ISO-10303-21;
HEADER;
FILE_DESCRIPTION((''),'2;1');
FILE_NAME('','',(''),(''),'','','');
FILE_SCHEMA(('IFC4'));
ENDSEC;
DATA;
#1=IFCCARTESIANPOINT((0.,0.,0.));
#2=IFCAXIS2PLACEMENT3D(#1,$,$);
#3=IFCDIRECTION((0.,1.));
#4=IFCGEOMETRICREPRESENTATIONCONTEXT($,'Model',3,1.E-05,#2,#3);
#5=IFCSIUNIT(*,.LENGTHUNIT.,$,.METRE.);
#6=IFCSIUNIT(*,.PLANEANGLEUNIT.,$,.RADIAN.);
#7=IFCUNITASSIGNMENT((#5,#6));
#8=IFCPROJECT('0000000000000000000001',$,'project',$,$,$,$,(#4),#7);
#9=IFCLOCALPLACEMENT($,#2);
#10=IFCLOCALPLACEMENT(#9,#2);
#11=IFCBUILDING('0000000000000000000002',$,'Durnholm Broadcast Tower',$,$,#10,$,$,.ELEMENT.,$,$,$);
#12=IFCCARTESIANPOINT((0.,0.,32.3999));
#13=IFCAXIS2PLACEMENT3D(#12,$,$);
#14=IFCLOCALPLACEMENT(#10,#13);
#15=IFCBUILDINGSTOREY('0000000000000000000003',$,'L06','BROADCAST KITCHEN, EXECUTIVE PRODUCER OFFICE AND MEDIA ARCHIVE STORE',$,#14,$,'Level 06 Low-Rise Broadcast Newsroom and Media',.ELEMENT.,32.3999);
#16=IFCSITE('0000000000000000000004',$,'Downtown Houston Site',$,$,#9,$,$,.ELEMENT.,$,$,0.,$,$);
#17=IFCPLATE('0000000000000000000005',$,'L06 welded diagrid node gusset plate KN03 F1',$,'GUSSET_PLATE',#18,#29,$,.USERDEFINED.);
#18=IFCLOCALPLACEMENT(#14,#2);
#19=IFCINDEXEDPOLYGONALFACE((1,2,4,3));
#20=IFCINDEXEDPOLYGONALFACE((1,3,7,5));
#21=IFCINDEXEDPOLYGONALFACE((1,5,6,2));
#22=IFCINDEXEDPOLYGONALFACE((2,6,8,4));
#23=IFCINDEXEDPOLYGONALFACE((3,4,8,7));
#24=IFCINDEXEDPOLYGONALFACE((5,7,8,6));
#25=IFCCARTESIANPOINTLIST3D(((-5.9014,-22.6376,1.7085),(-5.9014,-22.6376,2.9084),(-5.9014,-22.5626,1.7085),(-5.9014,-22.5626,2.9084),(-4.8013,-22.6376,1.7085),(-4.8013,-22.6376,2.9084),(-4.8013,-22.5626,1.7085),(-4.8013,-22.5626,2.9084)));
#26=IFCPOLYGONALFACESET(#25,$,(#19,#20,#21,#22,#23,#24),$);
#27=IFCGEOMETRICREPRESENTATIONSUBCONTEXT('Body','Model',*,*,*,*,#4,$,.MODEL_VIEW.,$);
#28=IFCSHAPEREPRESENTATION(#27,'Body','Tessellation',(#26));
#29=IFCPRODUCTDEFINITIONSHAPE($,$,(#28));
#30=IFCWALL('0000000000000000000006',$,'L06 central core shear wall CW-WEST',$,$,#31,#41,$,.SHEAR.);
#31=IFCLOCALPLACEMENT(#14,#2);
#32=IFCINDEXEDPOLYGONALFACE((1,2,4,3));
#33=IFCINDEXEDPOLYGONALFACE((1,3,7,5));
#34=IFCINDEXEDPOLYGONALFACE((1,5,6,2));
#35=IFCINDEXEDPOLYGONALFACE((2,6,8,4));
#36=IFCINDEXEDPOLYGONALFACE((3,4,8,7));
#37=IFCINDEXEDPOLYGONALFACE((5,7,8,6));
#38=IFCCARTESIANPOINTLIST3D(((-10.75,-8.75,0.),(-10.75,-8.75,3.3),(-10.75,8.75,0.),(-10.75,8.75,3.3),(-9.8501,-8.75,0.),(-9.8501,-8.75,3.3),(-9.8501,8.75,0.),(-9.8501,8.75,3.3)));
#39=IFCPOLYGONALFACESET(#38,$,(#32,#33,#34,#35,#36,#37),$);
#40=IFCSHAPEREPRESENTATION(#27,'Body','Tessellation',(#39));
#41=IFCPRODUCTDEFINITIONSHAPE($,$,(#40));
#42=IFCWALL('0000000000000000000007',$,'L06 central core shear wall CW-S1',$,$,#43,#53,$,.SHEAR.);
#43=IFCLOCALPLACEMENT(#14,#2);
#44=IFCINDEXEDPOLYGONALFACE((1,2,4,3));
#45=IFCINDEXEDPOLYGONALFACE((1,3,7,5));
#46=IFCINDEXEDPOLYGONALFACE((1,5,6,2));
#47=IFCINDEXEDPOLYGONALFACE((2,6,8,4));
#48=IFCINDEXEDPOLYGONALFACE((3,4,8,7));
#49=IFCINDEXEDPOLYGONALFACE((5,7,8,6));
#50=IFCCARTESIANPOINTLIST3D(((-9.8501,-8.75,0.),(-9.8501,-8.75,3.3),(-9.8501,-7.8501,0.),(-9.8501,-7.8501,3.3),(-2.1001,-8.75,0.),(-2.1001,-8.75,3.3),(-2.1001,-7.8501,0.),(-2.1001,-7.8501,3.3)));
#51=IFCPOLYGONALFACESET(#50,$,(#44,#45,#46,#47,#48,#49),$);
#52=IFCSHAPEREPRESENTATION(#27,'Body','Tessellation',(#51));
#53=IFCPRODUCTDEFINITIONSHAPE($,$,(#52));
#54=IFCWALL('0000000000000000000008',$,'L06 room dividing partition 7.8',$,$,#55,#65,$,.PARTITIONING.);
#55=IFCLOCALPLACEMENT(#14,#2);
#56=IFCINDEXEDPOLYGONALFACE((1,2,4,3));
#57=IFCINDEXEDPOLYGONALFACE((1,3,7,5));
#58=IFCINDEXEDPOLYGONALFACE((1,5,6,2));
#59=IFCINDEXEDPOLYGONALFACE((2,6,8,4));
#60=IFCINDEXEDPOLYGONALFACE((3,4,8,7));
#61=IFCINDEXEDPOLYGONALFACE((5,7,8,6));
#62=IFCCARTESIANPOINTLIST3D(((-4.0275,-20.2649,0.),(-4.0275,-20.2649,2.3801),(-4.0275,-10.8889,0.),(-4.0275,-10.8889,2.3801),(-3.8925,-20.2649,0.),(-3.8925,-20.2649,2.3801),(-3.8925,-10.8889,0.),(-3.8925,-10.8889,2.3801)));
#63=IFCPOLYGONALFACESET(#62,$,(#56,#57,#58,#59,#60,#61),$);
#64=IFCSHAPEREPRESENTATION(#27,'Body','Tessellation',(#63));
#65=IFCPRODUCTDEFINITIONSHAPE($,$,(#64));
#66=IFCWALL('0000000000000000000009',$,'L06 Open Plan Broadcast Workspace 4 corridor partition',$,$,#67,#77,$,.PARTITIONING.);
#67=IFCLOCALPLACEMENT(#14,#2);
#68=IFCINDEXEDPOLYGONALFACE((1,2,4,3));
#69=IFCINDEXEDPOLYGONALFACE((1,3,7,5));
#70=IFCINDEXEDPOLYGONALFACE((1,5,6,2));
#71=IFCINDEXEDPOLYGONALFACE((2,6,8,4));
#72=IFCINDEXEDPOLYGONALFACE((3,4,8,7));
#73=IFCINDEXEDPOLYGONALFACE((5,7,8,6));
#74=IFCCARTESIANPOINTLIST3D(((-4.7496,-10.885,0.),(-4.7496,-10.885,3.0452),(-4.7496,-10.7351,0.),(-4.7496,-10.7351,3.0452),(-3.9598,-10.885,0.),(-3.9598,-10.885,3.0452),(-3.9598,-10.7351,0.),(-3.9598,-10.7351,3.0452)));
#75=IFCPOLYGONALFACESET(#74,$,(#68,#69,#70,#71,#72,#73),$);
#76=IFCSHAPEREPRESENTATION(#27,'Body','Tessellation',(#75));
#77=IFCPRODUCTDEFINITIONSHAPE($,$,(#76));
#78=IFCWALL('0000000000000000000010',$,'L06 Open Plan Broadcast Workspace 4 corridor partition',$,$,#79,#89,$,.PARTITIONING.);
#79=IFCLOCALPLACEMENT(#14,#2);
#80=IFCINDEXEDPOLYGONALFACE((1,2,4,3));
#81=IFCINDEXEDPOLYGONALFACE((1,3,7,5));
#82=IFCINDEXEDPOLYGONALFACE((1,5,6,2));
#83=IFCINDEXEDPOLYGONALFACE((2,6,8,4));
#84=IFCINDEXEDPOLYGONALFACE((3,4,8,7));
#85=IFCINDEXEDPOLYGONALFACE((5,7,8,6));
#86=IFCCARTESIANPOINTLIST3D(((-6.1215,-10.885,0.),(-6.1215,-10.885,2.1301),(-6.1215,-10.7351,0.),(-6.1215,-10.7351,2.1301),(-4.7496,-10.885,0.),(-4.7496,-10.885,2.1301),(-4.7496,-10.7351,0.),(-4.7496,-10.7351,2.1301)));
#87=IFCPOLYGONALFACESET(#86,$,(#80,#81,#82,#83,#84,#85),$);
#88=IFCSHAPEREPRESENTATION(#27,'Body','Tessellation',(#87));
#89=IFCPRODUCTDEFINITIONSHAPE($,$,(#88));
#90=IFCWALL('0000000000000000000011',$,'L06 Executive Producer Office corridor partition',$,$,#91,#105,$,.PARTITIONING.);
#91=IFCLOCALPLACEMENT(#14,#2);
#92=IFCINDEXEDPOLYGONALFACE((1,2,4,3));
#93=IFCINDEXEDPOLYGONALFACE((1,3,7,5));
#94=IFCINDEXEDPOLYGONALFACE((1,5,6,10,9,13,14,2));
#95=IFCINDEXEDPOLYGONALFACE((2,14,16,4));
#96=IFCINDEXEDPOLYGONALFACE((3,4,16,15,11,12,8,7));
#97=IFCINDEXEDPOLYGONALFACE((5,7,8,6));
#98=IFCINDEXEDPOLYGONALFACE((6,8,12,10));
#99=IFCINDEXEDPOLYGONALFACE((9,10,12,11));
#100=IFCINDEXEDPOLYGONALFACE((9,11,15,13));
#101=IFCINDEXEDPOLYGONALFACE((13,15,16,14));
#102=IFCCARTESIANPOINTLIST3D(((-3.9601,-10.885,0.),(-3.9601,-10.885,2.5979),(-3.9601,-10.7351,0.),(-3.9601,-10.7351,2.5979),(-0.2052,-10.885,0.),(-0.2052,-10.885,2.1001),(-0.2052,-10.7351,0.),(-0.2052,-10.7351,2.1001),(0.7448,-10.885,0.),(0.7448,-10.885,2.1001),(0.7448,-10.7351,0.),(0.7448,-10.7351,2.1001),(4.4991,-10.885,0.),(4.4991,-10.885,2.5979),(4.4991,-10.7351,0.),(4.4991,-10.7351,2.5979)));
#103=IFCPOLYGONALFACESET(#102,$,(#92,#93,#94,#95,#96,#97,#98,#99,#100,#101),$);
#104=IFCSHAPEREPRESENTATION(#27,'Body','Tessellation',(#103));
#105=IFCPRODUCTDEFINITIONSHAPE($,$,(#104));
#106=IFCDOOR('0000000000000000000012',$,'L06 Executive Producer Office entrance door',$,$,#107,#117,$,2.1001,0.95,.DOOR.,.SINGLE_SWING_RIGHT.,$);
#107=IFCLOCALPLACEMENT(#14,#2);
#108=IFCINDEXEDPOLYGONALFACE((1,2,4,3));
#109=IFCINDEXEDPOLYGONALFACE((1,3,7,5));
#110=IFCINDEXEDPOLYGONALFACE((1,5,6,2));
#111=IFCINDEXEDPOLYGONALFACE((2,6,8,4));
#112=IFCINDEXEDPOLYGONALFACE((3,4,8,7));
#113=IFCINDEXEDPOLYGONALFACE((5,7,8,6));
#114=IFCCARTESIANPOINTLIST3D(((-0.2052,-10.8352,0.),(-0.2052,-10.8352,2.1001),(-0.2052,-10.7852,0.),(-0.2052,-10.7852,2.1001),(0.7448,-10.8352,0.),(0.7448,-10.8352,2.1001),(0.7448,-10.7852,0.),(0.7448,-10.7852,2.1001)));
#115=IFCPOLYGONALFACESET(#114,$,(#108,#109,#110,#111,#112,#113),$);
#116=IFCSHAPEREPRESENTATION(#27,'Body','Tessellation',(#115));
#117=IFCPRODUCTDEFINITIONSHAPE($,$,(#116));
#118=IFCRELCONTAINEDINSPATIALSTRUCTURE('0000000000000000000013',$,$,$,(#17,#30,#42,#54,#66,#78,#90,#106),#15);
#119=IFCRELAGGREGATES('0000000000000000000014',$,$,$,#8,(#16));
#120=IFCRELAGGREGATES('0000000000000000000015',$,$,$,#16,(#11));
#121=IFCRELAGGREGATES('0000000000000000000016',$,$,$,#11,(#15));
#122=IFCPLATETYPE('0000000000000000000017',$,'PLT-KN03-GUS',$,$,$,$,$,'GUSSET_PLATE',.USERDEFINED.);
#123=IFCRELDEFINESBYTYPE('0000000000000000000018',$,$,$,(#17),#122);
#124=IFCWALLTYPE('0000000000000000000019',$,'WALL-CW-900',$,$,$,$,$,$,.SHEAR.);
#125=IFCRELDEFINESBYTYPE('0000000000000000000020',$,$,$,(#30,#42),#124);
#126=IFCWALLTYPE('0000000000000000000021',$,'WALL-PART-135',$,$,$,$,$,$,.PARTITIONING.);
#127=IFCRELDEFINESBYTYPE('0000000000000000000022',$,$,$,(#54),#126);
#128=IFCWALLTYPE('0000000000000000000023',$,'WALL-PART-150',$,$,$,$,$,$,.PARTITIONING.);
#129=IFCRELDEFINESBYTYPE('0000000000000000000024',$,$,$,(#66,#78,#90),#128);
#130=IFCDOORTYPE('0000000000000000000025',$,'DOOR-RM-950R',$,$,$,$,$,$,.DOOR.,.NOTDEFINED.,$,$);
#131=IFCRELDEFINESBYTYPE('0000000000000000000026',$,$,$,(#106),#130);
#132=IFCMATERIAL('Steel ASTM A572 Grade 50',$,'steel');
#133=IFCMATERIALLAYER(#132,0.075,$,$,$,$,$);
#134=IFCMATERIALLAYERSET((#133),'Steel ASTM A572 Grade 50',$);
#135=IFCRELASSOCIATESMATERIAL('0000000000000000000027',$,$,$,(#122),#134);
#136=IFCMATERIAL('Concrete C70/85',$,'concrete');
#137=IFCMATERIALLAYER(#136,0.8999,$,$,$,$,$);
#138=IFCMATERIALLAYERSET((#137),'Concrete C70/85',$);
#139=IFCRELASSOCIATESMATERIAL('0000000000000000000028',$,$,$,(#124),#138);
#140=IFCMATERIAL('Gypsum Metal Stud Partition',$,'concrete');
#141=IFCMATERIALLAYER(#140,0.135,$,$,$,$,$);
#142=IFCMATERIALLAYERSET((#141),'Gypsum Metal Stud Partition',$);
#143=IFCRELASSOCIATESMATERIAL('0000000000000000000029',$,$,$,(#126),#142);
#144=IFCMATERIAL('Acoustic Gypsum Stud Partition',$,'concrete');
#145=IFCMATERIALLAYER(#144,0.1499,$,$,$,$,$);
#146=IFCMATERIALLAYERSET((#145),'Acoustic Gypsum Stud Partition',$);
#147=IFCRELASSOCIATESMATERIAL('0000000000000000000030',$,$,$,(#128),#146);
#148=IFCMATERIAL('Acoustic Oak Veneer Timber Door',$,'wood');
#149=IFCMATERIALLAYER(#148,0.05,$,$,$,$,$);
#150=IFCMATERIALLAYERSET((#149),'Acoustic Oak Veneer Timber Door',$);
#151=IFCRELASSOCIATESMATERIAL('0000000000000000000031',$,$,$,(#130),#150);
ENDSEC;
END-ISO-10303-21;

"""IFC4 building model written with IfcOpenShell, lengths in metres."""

from ifc_helpers import new_model, si_unit, direction, frame, frame_2d, origin, origin_2d, place, context, subcontext, project, spatial, rectangle, extrude, source, transform, mapped, material, layer, layer_set, type_object, type_shapes, element, fill, save


model = new_model("IFC4")

# Units and contexts
model_context = context("Model", 3, precision=1e-05, world=origin(), true_north=direction((0.0, 1.0)))
body_context = subcontext(model_context, "Body", "Model", "MODEL_VIEW")
ifc_project = project(units=[si_unit("LENGTHUNIT", "METRE"), si_unit("PLANEANGLEUNIT", "RADIAN")], contexts=[model_context])

# Site, building, storey
site_placement = place(None, origin())
site = spatial("IfcSite", under=ifc_project, at=site_placement, Name="Downtown Houston Site", CompositionType="ELEMENT", RefElevation=0.0)
building_placement = place(site_placement, origin())
building = spatial("IfcBuilding", under=site, at=building_placement, Name="Durnholm Broadcast Tower", CompositionType="ELEMENT")
storey_placement = place(building_placement, frame((0.0, 0.0, 32.3999)))
storey = spatial("IfcBuildingStorey", under=building, at=storey_placement, Name="L06", Description="BROADCAST KITCHEN, EXECUTIVE PRODUCER OFFICE AND MEDIA ARCHIVE STORE", LongName="Level 06 Low-Rise Broadcast Newsroom and Media", CompositionType="ELEMENT", Elevation=32.3999)

# Shared definitions
ifc_material_1 = material(Name="Concrete C70/85", Category="concrete")

# Plate
ifc_material_2 = material(Name="Steel ASTM A572 Grade 50", Category="steel")
ifc_layer_1 = layer(ifc_material_2, 0.075)
ifc_layer_set_1 = layer_set([ifc_layer_1], Name="Steel ASTM A572 Grade 50")
plate_type_1 = type_object("IfcPlateType", Name="PLT-KN03-GUS", ElementType="GUSSET_PLATE", PredefinedType="USERDEFINED", material=ifc_layer_set_1)
shared_shape_1 = source(origin(), body_context, "Body", "SweptSolid", [
    extrude(rectangle(XDim=1.1001, YDim=0.075, at=origin_2d()), origin(), (0.0, 0.0, 1.0), 1.2),
])
type_shapes(plate_type_1, [shared_shape_1])
plate_1_placement = place(storey_placement, frame((-5.3513, -22.6001, 1.7085), z_axis=(0.0, 0.0, 1.0), x_axis=(1.0, 0.0, 0.0)))
element("IfcPlate", 1, at=plate_1_placement, inside=storey, type_object=plate_type_1, Name="L06 welded diagrid node gusset plate KN03 F1", ObjectType="GUSSET_PLATE", PredefinedType="USERDEFINED", context=body_context, shape_type="MappedRepresentation", body=[
    mapped(shared_shape_1, transform((0.0, 0.0, 0.0), x_axis=(1.0, 0.0, 0.0), y_axis=(0.0, 1.0, 0.0), z_axis=(0.0, 0.0, 1.0), scale=1.0)),
])

# Walls
ifc_layer_2 = layer(ifc_material_1, 0.8999)
ifc_layer_set_2 = layer_set([ifc_layer_2], Name="Concrete C70/85")
wall_type_1 = type_object("IfcWallType", Name="WALL-CW-900", PredefinedType="SHEAR", material=ifc_layer_set_2)
wall_1_placement = place(storey_placement, frame((-10.3, -8.75, 0.0), z_axis=(0.0, 0.0, 1.0), x_axis=(0.0, 1.0, 0.0)))
element("IfcWall", 2, at=wall_1_placement, inside=storey, type_object=wall_type_1, Name="L06 central core shear wall CW-WEST", PredefinedType="SHEAR", context=body_context, shape_type="SweptSolid", body=[
    extrude(rectangle(XDim=17.5, YDim=0.8999, at=frame_2d((8.75, 0.0))), origin(), (0.0, 0.0, 1.0), 3.3),
])
wall_2_placement = place(storey_placement, frame((-9.8501, -8.3, 0.0), z_axis=(0.0, 0.0, 1.0), x_axis=(1.0, 0.0, 0.0)))
element("IfcWall", 3, at=wall_2_placement, inside=storey, type_object=wall_type_1, Name="L06 central core shear wall CW-S1", PredefinedType="SHEAR", context=body_context, shape_type="SweptSolid", body=[
    extrude(rectangle(XDim=7.75, YDim=0.8999, at=frame_2d((3.875, 0.0))), origin(), (0.0, 0.0, 1.0), 3.3),
])
ifc_material_3 = material(Name="Gypsum Metal Stud Partition", Category="concrete")
ifc_layer_3 = layer(ifc_material_3, 0.135)
ifc_layer_set_3 = layer_set([ifc_layer_3], Name="Gypsum Metal Stud Partition")
wall_type_2 = type_object("IfcWallType", Name="WALL-PART-135", PredefinedType="PARTITIONING", material=ifc_layer_set_3)
wall_3_placement = place(storey_placement, frame((-3.96, -10.8889, 0.0), z_axis=(0.0, 0.0, 1.0), x_axis=(0.0, -1.0, 0.0)))
element("IfcWall", 4, at=wall_3_placement, inside=storey, type_object=wall_type_2, Name="L06 room dividing partition 7.8", PredefinedType="PARTITIONING", context=body_context, shape_type="SweptSolid", body=[
    extrude(rectangle(XDim=9.376, YDim=0.135, at=frame_2d((4.688, 0.0))), origin(), (0.0, 0.0, 1.0), 2.3801),
])
ifc_material_4 = material(Name="Acoustic Gypsum Stud Partition", Category="concrete")
ifc_layer_4 = layer(ifc_material_4, 0.1499)
ifc_layer_set_4 = layer_set([ifc_layer_4], Name="Acoustic Gypsum Stud Partition")
wall_type_3 = type_object("IfcWallType", Name="WALL-PART-150", PredefinedType="PARTITIONING", material=ifc_layer_set_4)
wall_4_placement = place(storey_placement, frame((-4.7498, -10.8101, 0.0), z_axis=(0.0, 0.0, 1.0), x_axis=(1.0, 0.0, 0.0)))
element("IfcWall", 5, at=wall_4_placement, inside=storey, type_object=wall_type_3, Name="L06 Open Plan Broadcast Workspace 4 corridor partition", PredefinedType="PARTITIONING", context=body_context, shape_type="SweptSolid", body=[
    extrude(rectangle(XDim=0.7898, YDim=0.1499, at=frame_2d((0.395, 0.0))), origin(), (0.0, 0.0, 1.0), 3.0452),
])
wall_5_placement = place(storey_placement, frame((-6.1216, -10.8101, 0.0), z_axis=(0.0, 0.0, 1.0), x_axis=(1.0, 0.0, 0.0)))
element("IfcWall", 6, at=wall_5_placement, inside=storey, type_object=wall_type_3, Name="L06 Open Plan Broadcast Workspace 4 corridor partition", PredefinedType="PARTITIONING", context=body_context, shape_type="SweptSolid", body=[
    extrude(rectangle(XDim=1.3718, YDim=0.1499, at=frame_2d((0.686, 0.0))), origin(), (0.0, 0.0, 1.0), 2.1301),
])

# Wall, opening, door
wall_6_placement = place(storey_placement, frame((-3.96, -10.8101, 0.0), z_axis=(0.0, 0.0, 1.0), x_axis=(1.0, 0.0, 0.0)))
wall_6 = element("IfcWall", 7, at=wall_6_placement, inside=storey, type_object=wall_type_3, Name="L06 Executive Producer Office corridor partition", PredefinedType="PARTITIONING", context=body_context, shape_type="SweptSolid", body=[
    extrude(rectangle(XDim=8.4592, YDim=0.1499, at=frame_2d((4.2295, 0.0))), origin(), (0.0, 0.0, 1.0), 2.5979),
])
opening_placement = place(wall_6_placement, frame((3.7546, 0.0, 0.0)))
opening = element("IfcOpeningElement", 8, at=opening_placement, cuts=wall_6, PredefinedType="OPENING", context=body_context, shape_type="SweptSolid", body=[
    extrude(rectangle(XDim=0.95, YDim=2.1001, at=frame_2d((0.4751, 1.05))), frame((0.0, 0.085, 0.0), z_axis=(0.0, -1.0, 0.0), x_axis=(1.0, 0.0, 0.0)), (0.0, 0.0, 1.0), 0.1699),
])
ifc_material_5 = material(Name="Acoustic Oak Veneer Timber Door", Category="wood")
ifc_layer_5 = layer(ifc_material_5, 0.05)
ifc_layer_set_5 = layer_set([ifc_layer_5], Name="Acoustic Oak Veneer Timber Door")
door_type = type_object("IfcDoorType", Name="DOOR-RM-950R", OperationType="NOTDEFINED", PredefinedType="DOOR", material=ifc_layer_set_5)
shared_shape_2 = source(origin(), body_context, "Body", "SweptSolid", [
    extrude(rectangle(XDim=0.95, YDim=2.1001, at=frame_2d((0.4751, 1.05))), frame((0.0, 0.0249, 0.0), z_axis=(0.0, -1.0, 0.0), x_axis=(1.0, 0.0, 0.0)), (0.0, 0.0, 1.0), 0.05),
])
type_shapes(door_type, [shared_shape_2])
door_placement = place(opening_placement, origin())
door = element("IfcDoor", 9, at=door_placement, inside=storey, type_object=door_type, Name="L06 Executive Producer Office entrance door", OperationType="SINGLE_SWING_RIGHT", OverallHeight=2.1001, OverallWidth=0.95, PredefinedType="DOOR", context=body_context, shape_type="MappedRepresentation", body=[
    mapped(shared_shape_2, transform((0.0, 0.0, 0.0), x_axis=(1.0, 0.0, 0.0), y_axis=(0.0, 1.0, 0.0), z_axis=(0.0, 0.0, 1.0), scale=1.0)),
])
fill(opening, door)

save(model, "model.ifc")
